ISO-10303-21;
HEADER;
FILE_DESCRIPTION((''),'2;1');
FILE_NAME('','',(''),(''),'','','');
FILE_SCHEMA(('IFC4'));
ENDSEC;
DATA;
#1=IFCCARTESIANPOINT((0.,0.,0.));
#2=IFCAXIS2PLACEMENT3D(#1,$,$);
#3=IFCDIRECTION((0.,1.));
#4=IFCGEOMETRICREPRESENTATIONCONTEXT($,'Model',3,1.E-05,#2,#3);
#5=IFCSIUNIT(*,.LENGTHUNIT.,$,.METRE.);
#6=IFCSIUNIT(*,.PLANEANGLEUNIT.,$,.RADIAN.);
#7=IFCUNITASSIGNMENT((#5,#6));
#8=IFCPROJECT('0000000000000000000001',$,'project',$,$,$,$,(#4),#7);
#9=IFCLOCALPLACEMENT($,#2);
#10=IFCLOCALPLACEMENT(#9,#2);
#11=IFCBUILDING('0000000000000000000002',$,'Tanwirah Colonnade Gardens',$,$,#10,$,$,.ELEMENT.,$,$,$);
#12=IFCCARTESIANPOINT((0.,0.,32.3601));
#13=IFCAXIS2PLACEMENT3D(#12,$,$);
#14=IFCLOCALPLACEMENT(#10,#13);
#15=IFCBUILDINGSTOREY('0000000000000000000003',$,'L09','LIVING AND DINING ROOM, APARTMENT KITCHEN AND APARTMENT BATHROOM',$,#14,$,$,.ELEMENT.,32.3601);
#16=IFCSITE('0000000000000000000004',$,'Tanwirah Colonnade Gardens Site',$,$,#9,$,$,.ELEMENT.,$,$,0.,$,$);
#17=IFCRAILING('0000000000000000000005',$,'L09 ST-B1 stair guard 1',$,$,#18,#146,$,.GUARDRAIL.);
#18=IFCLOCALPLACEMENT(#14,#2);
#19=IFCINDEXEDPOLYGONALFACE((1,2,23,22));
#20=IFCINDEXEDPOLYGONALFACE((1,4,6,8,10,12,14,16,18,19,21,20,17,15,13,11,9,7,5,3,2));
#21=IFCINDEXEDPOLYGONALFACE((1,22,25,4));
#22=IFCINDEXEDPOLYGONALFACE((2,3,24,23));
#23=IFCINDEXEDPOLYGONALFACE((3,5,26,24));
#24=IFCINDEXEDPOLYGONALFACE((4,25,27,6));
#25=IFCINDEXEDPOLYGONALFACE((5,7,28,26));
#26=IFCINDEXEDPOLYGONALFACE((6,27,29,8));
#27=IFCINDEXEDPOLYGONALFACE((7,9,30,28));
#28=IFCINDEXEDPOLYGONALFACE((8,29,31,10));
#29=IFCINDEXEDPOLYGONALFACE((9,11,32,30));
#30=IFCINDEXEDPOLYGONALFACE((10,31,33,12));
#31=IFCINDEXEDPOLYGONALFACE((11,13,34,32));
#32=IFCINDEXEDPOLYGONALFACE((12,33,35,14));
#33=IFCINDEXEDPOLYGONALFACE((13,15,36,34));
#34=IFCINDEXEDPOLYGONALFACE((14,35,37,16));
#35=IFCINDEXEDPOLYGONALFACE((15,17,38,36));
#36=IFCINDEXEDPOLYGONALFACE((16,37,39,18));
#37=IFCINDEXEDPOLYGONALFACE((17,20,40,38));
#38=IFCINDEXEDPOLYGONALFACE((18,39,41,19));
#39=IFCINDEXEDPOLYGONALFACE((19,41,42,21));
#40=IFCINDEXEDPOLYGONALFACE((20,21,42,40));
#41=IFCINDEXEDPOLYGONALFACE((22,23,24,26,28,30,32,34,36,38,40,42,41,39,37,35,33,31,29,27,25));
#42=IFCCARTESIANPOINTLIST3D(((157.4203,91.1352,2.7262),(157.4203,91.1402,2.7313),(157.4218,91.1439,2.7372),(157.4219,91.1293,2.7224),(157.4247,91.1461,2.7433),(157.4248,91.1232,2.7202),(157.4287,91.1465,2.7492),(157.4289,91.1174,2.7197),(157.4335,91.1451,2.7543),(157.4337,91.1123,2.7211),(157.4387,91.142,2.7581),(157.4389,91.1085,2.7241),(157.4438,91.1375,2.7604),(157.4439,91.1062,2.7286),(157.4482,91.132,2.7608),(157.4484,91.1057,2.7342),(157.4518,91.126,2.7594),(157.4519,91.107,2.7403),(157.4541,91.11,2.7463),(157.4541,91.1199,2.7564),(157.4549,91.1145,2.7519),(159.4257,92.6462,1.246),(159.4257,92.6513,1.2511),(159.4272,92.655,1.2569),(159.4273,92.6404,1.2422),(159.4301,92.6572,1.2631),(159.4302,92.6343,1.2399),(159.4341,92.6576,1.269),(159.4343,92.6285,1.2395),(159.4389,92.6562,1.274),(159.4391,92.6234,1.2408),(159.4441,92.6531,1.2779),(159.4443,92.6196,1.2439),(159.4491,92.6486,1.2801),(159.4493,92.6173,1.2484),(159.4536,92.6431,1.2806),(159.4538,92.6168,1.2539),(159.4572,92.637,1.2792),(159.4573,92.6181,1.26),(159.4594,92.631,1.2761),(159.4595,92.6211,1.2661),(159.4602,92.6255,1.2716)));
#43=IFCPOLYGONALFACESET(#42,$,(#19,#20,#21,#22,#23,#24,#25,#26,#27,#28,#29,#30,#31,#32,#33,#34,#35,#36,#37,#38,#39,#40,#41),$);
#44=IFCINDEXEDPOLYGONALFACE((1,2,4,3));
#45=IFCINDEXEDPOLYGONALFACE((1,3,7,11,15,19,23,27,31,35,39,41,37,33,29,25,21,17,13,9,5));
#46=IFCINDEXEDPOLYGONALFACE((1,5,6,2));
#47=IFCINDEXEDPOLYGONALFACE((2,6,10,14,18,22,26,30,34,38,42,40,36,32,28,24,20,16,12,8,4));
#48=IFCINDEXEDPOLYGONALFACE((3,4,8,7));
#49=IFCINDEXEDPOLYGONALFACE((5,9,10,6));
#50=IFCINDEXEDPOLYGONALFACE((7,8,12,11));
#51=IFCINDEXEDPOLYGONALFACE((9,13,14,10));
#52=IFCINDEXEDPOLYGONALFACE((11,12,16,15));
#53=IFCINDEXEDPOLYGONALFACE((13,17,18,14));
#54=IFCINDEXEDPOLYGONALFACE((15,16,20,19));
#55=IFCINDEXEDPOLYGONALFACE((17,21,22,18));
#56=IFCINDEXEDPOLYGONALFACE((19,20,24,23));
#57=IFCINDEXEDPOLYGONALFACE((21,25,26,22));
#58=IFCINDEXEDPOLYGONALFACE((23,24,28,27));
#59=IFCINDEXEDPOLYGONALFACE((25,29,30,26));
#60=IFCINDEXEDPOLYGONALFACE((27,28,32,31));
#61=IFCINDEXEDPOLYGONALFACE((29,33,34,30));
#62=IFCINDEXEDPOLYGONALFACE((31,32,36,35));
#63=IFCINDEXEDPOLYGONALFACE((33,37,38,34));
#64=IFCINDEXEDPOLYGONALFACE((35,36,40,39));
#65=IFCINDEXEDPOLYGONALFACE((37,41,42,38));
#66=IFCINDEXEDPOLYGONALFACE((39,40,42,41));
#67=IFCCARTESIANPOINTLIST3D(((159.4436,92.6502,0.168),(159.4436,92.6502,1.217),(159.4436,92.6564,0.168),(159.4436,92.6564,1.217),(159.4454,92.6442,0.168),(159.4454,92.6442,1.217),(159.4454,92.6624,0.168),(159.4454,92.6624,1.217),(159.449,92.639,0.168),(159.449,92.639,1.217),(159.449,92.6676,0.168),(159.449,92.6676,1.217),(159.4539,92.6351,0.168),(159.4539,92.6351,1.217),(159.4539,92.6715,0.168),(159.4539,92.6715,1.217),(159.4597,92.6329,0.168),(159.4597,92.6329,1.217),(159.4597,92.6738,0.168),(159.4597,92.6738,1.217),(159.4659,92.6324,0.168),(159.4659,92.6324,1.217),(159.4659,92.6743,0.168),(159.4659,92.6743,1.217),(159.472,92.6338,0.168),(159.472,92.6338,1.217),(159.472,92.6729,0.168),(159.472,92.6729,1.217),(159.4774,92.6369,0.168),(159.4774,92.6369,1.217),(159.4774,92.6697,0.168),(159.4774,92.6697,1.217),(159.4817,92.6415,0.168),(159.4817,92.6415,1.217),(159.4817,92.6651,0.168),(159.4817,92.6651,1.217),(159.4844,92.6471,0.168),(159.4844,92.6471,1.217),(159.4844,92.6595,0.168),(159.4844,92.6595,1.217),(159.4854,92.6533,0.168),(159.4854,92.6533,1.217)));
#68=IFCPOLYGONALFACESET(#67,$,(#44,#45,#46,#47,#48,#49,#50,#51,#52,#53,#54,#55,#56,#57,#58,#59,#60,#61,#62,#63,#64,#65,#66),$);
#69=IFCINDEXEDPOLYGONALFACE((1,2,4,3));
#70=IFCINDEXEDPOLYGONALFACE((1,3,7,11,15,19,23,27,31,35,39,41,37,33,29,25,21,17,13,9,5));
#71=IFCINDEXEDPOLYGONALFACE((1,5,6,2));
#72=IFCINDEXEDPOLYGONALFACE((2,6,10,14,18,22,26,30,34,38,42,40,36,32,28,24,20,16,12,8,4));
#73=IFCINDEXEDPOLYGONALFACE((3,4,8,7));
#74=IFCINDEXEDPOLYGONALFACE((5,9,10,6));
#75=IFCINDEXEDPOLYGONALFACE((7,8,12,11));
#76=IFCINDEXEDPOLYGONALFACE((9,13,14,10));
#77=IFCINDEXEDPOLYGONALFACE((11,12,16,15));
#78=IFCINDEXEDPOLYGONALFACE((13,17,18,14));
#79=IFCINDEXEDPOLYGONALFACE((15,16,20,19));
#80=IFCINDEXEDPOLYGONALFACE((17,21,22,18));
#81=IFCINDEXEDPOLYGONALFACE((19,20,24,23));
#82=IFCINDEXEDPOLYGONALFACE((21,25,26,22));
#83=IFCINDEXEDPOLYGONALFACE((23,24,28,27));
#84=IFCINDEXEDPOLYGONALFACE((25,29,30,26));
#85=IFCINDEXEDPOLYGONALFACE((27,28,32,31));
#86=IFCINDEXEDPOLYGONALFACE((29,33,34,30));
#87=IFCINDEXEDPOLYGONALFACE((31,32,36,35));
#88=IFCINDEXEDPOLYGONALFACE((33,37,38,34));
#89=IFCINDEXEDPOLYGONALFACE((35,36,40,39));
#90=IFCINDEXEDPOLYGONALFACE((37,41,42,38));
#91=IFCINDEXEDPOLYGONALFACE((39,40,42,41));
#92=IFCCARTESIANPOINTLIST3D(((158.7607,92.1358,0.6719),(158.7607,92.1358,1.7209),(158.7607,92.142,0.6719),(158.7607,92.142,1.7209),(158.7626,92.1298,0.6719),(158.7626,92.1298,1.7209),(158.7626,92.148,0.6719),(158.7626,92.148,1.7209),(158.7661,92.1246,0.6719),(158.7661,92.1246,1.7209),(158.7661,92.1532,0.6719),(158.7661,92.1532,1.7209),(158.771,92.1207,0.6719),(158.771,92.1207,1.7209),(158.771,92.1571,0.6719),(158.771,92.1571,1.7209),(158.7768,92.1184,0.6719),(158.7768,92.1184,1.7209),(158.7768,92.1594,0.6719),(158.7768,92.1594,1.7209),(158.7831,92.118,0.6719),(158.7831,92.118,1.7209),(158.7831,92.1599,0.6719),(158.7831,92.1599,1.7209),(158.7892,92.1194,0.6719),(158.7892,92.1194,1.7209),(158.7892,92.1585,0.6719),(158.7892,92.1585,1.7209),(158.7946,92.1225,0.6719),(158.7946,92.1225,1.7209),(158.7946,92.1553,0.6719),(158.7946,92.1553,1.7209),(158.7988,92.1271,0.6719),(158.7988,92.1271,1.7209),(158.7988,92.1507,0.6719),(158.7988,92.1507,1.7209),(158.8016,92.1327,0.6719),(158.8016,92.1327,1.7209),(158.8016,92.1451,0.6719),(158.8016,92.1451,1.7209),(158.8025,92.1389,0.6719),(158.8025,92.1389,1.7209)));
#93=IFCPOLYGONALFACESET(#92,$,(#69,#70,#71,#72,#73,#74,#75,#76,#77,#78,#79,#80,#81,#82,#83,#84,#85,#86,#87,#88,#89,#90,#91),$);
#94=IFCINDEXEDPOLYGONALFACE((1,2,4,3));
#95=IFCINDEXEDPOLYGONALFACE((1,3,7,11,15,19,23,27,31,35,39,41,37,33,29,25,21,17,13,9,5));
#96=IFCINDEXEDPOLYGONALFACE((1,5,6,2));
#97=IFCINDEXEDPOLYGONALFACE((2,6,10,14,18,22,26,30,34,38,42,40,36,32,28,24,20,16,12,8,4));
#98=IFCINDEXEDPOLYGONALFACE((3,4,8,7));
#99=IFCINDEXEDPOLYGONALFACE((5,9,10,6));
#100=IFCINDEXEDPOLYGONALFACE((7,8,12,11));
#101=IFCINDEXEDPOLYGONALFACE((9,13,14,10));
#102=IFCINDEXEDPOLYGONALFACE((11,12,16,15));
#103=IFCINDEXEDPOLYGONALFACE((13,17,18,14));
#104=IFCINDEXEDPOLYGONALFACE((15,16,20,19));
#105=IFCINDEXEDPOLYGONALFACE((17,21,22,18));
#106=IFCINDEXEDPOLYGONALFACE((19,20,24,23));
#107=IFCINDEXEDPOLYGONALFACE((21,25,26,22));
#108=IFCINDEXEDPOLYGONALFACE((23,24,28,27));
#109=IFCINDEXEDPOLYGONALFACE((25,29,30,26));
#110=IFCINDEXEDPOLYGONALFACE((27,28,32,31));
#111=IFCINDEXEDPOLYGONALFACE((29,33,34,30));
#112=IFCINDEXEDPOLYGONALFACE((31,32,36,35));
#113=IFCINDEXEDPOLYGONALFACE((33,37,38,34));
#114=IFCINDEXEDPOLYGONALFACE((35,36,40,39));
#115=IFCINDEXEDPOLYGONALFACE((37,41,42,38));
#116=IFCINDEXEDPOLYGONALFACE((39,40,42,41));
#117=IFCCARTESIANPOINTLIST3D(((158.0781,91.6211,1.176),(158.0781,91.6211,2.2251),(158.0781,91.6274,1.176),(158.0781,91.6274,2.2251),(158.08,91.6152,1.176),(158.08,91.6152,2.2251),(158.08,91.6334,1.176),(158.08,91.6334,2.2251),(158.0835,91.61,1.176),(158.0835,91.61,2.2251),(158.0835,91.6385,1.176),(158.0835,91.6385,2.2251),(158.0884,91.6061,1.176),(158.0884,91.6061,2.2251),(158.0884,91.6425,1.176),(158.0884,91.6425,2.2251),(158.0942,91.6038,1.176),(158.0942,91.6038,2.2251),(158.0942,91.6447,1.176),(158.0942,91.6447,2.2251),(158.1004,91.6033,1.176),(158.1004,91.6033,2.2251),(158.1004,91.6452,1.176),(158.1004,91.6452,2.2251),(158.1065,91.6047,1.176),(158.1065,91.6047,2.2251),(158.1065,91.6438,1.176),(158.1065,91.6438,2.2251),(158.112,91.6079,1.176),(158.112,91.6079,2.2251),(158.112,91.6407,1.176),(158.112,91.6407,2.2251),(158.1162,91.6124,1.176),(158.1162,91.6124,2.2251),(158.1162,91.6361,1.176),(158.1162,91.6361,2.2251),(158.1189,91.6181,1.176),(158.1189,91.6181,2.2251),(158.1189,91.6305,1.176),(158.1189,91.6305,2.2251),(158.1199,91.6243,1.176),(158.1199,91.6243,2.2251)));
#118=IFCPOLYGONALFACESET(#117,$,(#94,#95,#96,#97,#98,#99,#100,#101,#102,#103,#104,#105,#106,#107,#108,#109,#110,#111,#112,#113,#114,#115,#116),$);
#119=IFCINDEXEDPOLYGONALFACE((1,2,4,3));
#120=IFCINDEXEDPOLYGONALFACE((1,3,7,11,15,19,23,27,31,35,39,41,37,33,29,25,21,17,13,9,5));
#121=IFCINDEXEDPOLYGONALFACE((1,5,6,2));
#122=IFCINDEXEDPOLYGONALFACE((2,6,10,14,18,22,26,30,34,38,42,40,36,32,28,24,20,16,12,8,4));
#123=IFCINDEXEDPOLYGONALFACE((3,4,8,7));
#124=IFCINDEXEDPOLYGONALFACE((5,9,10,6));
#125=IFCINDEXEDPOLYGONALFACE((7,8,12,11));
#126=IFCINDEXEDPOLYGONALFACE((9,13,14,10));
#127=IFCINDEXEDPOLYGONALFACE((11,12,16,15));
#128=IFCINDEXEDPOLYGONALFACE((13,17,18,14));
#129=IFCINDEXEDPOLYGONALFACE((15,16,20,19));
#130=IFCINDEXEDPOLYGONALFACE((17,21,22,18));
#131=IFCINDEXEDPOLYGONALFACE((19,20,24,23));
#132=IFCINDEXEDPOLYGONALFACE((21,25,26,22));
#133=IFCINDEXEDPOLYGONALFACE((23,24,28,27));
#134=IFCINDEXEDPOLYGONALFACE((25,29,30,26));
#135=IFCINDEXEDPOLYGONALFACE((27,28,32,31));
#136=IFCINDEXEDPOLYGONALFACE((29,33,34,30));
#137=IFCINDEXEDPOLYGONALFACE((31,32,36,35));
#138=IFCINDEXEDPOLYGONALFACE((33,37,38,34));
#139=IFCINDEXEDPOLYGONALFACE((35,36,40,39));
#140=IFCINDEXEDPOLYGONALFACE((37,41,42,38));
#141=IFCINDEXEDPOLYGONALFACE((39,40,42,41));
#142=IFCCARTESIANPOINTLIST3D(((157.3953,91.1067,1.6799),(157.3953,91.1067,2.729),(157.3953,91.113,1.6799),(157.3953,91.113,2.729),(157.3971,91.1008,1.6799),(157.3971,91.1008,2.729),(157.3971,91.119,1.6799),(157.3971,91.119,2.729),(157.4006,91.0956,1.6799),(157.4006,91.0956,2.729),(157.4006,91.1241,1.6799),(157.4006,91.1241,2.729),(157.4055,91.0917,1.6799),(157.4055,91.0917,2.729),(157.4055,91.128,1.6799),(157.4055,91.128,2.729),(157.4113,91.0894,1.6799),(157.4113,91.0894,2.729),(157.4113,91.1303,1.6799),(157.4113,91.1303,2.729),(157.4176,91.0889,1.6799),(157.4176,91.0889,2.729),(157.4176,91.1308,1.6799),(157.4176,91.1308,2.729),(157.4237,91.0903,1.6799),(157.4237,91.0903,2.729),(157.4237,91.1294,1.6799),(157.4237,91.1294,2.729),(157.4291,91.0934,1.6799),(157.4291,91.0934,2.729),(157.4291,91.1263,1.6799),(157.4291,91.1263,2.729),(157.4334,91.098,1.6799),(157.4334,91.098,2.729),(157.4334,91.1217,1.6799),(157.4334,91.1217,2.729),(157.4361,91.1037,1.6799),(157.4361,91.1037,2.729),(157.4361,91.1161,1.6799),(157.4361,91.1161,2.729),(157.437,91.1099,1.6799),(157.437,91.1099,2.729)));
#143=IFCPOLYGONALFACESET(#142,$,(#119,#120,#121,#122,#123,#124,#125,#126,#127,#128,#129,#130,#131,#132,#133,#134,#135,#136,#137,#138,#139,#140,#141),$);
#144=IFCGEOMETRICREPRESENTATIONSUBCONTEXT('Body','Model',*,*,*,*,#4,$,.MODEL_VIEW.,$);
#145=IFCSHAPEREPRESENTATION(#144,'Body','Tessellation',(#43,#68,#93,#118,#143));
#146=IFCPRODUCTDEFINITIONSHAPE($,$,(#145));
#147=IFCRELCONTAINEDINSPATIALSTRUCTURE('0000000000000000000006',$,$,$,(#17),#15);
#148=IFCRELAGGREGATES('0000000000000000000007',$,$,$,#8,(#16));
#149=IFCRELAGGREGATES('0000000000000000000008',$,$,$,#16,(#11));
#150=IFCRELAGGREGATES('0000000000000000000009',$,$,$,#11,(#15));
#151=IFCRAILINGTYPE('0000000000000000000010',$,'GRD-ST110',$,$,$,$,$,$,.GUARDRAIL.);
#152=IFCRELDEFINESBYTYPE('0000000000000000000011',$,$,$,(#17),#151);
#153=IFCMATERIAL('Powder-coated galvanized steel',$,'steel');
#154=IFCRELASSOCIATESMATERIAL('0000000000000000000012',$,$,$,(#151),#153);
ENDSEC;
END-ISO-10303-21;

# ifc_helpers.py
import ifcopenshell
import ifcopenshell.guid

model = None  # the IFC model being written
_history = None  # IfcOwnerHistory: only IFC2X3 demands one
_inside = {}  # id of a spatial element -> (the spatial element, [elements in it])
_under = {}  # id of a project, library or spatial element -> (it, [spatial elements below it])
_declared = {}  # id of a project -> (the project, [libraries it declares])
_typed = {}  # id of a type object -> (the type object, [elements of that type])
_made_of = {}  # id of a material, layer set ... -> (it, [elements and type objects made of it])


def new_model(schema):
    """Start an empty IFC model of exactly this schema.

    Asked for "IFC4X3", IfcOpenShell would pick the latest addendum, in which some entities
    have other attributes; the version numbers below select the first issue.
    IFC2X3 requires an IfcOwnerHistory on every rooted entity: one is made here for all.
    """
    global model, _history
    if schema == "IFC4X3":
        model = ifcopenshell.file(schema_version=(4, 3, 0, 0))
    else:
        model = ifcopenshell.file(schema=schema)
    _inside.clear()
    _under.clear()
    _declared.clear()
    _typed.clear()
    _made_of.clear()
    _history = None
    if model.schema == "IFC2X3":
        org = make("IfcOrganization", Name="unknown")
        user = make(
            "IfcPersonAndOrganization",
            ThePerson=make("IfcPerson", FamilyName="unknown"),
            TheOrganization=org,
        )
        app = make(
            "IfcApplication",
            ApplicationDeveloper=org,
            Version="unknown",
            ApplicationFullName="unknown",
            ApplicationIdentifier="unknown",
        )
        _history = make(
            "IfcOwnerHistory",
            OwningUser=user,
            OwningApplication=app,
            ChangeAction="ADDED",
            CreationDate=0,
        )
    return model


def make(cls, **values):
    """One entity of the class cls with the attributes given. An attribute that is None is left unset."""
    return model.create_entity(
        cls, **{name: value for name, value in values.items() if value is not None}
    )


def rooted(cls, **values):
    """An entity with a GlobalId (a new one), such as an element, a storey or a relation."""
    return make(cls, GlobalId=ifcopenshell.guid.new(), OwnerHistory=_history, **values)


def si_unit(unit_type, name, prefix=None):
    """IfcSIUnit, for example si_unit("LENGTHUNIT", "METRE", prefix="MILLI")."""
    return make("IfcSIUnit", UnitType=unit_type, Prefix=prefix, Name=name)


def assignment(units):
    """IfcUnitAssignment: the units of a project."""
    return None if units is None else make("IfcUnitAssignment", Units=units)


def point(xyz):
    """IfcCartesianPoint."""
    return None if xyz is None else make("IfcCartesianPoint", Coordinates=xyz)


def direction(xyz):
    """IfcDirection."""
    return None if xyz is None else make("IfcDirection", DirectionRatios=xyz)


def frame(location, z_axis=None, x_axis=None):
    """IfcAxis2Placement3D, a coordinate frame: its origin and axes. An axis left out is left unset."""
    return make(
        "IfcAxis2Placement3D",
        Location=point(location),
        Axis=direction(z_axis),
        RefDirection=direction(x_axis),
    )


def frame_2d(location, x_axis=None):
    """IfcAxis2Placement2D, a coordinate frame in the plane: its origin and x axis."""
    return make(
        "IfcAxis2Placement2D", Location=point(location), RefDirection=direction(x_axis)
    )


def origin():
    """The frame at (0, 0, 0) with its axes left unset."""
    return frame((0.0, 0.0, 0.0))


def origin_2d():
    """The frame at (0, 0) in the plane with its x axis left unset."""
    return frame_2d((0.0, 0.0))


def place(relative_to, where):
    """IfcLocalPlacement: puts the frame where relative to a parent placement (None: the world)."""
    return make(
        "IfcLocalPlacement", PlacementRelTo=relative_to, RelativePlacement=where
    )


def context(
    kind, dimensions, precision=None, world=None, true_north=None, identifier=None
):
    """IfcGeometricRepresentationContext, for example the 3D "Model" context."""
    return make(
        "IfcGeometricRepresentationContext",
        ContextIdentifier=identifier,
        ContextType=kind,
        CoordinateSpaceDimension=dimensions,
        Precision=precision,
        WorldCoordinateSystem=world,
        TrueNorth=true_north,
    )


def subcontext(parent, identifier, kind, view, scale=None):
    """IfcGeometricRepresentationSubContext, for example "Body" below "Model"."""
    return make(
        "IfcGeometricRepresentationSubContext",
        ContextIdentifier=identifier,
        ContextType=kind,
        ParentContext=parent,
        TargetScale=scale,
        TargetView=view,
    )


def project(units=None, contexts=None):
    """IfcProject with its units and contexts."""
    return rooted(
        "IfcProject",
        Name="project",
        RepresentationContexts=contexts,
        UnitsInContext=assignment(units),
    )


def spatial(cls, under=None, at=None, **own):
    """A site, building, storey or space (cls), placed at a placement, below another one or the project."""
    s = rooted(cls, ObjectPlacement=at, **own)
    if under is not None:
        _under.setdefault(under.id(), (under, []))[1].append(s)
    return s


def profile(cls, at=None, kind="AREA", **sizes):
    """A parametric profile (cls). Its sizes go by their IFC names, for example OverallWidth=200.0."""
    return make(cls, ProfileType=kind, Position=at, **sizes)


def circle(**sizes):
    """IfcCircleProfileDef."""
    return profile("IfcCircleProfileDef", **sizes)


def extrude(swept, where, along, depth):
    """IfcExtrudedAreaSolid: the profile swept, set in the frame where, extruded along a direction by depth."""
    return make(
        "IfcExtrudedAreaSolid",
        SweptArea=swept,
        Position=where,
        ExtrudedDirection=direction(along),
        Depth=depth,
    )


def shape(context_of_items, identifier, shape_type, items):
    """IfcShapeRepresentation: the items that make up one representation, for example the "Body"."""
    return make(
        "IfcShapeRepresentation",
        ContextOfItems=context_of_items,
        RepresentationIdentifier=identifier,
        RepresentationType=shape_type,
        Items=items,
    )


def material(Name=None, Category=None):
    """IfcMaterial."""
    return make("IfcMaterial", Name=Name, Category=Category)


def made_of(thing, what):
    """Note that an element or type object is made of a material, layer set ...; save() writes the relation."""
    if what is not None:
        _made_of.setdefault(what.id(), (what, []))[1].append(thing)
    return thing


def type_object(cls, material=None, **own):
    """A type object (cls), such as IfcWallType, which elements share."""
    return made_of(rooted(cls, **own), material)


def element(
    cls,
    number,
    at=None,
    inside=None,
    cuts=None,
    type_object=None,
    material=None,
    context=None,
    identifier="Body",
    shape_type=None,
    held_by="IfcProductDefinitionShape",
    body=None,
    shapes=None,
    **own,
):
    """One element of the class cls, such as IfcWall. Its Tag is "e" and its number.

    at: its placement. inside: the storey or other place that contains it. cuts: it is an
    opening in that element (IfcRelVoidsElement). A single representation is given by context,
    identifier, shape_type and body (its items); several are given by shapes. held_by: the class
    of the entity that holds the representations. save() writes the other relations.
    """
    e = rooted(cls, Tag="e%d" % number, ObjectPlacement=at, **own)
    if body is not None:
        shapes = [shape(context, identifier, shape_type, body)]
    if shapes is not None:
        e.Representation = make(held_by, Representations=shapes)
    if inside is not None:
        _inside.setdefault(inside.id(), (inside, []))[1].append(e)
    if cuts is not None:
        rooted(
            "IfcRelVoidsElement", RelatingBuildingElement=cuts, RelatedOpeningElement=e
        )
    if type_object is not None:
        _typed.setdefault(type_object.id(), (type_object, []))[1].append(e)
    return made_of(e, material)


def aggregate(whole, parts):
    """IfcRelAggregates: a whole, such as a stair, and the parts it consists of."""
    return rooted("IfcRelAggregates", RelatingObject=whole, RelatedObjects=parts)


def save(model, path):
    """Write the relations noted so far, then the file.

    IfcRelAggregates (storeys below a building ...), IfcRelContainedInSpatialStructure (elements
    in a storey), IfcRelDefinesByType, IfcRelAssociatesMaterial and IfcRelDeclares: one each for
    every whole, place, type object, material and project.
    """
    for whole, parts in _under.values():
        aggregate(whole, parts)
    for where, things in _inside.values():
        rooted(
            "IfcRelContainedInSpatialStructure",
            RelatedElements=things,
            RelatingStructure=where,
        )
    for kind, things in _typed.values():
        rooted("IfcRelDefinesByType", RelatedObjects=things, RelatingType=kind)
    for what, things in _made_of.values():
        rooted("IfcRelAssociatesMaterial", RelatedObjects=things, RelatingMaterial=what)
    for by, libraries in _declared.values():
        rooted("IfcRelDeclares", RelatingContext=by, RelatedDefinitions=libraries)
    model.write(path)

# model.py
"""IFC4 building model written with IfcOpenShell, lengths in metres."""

from ifc_helpers import new_model, si_unit, direction, frame, origin, origin_2d, place, context, subcontext, project, spatial, circle, extrude, material, type_object, element, save


model = new_model("IFC4")

# Units and contexts
model_context = context("Model", 3, precision=1e-05, world=origin(), true_north=direction((0.0, 1.0)))
body_context = subcontext(model_context, "Body", "Model", "MODEL_VIEW")
ifc_project = project(units=[si_unit("LENGTHUNIT", "METRE"), si_unit("PLANEANGLEUNIT", "RADIAN")], contexts=[model_context])

# Site, building, storey
site_placement = place(None, origin())
site = spatial("IfcSite", under=ifc_project, at=site_placement, Name="Tanwirah Colonnade Gardens Site", CompositionType="ELEMENT", RefElevation=0.0)
building_placement = place(site_placement, origin())
building = spatial("IfcBuilding", under=site, at=building_placement, Name="Tanwirah Colonnade Gardens", CompositionType="ELEMENT")
storey_placement = place(building_placement, frame((0.0, 0.0, 32.3601)))
storey = spatial("IfcBuildingStorey", under=building, at=storey_placement, Name="L09", Description="LIVING AND DINING ROOM, APARTMENT KITCHEN AND APARTMENT BATHROOM", CompositionType="ELEMENT", Elevation=32.3601)

# Railing
ifc_material_1 = material(Name="Powder-coated galvanized steel", Category="steel")
railing_type_1 = type_object("IfcRailingType", Name="GRD-ST110", PredefinedType="GUARDRAIL", material=ifc_material_1)
railing_1_placement = place(storey_placement, frame((159.4644, 92.6533, 0.168)))
element("IfcRailing", 1, at=railing_1_placement, inside=storey, type_object=railing_type_1, Name="L09 ST-B1 stair guard 1", PredefinedType="GUARDRAIL", context=body_context, shape_type="SweptSolid", body=[
    extrude(circle(Radius=0.0239, at=origin_2d()), frame((-0.0215, -0.0161, 1.092), z_axis=(-0.687998, -0.518418, 0.50784), x_axis=(0.601796, -0.79865, 0.0)), (0.0, 0.0, 1.0), 2.9148),
    extrude(circle(Radius=0.021, at=origin_2d()), origin(), (0.0, 0.0, 1.0), 1.0491),
    extrude(circle(Radius=0.021, at=origin_2d()), frame((-0.6829, -0.5144, 0.5039)), (0.0, 0.0, 1.0), 1.0491),
    extrude(circle(Radius=0.021, at=origin_2d()), frame((-1.3655, -1.0291, 1.0081)), (0.0, 0.0, 1.0), 1.0491),
    extrude(circle(Radius=0.021, at=origin_2d()), frame((-2.0483, -1.5435, 1.512)), (0.0, 0.0, 1.0), 1.0491),
])

save(model, "model.ifc")
